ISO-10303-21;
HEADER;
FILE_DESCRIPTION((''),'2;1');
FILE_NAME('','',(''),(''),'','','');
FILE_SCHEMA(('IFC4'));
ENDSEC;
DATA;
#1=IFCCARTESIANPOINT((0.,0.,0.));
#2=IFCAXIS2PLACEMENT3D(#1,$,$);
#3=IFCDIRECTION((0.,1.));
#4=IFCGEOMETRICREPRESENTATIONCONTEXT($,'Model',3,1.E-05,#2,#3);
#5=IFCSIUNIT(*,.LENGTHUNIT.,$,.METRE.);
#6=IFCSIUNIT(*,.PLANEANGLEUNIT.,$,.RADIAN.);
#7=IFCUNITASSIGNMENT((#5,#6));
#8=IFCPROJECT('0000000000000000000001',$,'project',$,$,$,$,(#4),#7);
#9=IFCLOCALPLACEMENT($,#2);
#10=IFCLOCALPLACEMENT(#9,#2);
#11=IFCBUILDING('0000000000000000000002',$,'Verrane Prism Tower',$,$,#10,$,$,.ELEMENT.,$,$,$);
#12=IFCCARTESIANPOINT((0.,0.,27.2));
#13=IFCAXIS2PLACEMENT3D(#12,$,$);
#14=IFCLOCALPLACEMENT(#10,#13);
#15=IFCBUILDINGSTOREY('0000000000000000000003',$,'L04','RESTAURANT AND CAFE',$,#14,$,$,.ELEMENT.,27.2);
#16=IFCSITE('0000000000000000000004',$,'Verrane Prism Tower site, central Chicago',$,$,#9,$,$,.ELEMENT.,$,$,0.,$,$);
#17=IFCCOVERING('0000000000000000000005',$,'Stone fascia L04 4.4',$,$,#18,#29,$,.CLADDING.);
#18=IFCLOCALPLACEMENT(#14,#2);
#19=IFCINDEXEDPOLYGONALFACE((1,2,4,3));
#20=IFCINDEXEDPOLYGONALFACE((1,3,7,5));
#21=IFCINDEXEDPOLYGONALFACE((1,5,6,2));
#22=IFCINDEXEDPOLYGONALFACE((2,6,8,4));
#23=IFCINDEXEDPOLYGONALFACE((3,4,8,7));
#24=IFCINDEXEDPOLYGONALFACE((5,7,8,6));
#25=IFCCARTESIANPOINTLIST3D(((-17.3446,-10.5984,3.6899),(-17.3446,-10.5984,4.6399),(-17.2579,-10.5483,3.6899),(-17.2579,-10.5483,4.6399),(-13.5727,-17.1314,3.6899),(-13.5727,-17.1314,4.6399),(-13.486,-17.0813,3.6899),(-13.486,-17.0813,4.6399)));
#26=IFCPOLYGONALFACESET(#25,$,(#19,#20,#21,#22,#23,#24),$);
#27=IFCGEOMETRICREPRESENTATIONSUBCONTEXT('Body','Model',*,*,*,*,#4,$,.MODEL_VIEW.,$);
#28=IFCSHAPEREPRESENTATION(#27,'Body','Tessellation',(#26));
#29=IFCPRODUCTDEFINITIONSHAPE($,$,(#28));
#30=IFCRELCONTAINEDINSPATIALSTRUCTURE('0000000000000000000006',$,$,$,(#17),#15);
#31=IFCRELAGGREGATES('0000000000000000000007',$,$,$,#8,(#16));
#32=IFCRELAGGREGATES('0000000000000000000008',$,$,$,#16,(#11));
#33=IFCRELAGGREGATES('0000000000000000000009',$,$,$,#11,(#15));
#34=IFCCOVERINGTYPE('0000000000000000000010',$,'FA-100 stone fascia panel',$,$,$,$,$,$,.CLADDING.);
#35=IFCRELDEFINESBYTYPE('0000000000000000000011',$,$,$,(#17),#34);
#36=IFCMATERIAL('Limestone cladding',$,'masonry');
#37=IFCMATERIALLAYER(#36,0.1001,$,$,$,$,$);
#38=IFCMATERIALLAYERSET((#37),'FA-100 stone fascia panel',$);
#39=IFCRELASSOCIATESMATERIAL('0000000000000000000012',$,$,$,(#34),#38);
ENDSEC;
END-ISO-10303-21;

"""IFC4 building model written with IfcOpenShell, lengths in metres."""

from ifc_helpers import new_model, si_unit, direction, frame, origin, origin_2d, place, context, subcontext, project, spatial, rectangle, extrude, material, layer, layer_set, type_object, element, save


model = new_model("IFC4")

# Units and contexts
model_context = context("Model", 3, precision=1e-05, world=origin(), true_north=direction((0.0, 1.0)))
body_context = subcontext(model_context, "Body", "Model", "MODEL_VIEW")
ifc_project = project(units=[si_unit("LENGTHUNIT", "METRE"), si_unit("PLANEANGLEUNIT", "RADIAN")], contexts=[model_context])

# Site, building, storey
site_placement = place(None, origin())
site = spatial("IfcSite", under=ifc_project, at=site_placement, Name="Verrane Prism Tower site, central Chicago", CompositionType="ELEMENT", RefElevation=0.0)
building_placement = place(site_placement, origin())
building = spatial("IfcBuilding", under=site, at=building_placement, Name="Verrane Prism Tower", CompositionType="ELEMENT")
storey_placement = place(building_placement, frame((0.0, 0.0, 27.2)))
storey = spatial("IfcBuildingStorey", under=building, at=storey_placement, Name="L04", Description="RESTAURANT AND CAFE", CompositionType="ELEMENT", Elevation=27.2)

# Covering
ifc_material_1 = material(Name="Limestone cladding", Category="masonry")
ifc_layer_1 = layer(ifc_material_1, 0.1001)
ifc_layer_set_1 = layer_set([ifc_layer_1], Name="FA-100 stone fascia panel")
covering_type = type_object("IfcCoveringType", Name="FA-100 stone fascia panel", PredefinedType="CLADDING", material=ifc_layer_set_1)
covering_placement = place(storey_placement, frame((-15.4153, -13.8398, 3.6899), z_axis=(0.0, 0.0, 1.0), x_axis=(0.5, -0.866025, 0.0)))
element("IfcCovering", 1, at=covering_placement, inside=storey, type_object=covering_type, Name="Stone fascia L04 4.4", PredefinedType="CLADDING", context=body_context, shape_type="SweptSolid", body=[
    extrude(rectangle(XDim=7.5437, YDim=0.1001, at=origin_2d()), origin(), (0.0, 0.0, 1.0), 0.95),
])

save(model, "model.ifc")
